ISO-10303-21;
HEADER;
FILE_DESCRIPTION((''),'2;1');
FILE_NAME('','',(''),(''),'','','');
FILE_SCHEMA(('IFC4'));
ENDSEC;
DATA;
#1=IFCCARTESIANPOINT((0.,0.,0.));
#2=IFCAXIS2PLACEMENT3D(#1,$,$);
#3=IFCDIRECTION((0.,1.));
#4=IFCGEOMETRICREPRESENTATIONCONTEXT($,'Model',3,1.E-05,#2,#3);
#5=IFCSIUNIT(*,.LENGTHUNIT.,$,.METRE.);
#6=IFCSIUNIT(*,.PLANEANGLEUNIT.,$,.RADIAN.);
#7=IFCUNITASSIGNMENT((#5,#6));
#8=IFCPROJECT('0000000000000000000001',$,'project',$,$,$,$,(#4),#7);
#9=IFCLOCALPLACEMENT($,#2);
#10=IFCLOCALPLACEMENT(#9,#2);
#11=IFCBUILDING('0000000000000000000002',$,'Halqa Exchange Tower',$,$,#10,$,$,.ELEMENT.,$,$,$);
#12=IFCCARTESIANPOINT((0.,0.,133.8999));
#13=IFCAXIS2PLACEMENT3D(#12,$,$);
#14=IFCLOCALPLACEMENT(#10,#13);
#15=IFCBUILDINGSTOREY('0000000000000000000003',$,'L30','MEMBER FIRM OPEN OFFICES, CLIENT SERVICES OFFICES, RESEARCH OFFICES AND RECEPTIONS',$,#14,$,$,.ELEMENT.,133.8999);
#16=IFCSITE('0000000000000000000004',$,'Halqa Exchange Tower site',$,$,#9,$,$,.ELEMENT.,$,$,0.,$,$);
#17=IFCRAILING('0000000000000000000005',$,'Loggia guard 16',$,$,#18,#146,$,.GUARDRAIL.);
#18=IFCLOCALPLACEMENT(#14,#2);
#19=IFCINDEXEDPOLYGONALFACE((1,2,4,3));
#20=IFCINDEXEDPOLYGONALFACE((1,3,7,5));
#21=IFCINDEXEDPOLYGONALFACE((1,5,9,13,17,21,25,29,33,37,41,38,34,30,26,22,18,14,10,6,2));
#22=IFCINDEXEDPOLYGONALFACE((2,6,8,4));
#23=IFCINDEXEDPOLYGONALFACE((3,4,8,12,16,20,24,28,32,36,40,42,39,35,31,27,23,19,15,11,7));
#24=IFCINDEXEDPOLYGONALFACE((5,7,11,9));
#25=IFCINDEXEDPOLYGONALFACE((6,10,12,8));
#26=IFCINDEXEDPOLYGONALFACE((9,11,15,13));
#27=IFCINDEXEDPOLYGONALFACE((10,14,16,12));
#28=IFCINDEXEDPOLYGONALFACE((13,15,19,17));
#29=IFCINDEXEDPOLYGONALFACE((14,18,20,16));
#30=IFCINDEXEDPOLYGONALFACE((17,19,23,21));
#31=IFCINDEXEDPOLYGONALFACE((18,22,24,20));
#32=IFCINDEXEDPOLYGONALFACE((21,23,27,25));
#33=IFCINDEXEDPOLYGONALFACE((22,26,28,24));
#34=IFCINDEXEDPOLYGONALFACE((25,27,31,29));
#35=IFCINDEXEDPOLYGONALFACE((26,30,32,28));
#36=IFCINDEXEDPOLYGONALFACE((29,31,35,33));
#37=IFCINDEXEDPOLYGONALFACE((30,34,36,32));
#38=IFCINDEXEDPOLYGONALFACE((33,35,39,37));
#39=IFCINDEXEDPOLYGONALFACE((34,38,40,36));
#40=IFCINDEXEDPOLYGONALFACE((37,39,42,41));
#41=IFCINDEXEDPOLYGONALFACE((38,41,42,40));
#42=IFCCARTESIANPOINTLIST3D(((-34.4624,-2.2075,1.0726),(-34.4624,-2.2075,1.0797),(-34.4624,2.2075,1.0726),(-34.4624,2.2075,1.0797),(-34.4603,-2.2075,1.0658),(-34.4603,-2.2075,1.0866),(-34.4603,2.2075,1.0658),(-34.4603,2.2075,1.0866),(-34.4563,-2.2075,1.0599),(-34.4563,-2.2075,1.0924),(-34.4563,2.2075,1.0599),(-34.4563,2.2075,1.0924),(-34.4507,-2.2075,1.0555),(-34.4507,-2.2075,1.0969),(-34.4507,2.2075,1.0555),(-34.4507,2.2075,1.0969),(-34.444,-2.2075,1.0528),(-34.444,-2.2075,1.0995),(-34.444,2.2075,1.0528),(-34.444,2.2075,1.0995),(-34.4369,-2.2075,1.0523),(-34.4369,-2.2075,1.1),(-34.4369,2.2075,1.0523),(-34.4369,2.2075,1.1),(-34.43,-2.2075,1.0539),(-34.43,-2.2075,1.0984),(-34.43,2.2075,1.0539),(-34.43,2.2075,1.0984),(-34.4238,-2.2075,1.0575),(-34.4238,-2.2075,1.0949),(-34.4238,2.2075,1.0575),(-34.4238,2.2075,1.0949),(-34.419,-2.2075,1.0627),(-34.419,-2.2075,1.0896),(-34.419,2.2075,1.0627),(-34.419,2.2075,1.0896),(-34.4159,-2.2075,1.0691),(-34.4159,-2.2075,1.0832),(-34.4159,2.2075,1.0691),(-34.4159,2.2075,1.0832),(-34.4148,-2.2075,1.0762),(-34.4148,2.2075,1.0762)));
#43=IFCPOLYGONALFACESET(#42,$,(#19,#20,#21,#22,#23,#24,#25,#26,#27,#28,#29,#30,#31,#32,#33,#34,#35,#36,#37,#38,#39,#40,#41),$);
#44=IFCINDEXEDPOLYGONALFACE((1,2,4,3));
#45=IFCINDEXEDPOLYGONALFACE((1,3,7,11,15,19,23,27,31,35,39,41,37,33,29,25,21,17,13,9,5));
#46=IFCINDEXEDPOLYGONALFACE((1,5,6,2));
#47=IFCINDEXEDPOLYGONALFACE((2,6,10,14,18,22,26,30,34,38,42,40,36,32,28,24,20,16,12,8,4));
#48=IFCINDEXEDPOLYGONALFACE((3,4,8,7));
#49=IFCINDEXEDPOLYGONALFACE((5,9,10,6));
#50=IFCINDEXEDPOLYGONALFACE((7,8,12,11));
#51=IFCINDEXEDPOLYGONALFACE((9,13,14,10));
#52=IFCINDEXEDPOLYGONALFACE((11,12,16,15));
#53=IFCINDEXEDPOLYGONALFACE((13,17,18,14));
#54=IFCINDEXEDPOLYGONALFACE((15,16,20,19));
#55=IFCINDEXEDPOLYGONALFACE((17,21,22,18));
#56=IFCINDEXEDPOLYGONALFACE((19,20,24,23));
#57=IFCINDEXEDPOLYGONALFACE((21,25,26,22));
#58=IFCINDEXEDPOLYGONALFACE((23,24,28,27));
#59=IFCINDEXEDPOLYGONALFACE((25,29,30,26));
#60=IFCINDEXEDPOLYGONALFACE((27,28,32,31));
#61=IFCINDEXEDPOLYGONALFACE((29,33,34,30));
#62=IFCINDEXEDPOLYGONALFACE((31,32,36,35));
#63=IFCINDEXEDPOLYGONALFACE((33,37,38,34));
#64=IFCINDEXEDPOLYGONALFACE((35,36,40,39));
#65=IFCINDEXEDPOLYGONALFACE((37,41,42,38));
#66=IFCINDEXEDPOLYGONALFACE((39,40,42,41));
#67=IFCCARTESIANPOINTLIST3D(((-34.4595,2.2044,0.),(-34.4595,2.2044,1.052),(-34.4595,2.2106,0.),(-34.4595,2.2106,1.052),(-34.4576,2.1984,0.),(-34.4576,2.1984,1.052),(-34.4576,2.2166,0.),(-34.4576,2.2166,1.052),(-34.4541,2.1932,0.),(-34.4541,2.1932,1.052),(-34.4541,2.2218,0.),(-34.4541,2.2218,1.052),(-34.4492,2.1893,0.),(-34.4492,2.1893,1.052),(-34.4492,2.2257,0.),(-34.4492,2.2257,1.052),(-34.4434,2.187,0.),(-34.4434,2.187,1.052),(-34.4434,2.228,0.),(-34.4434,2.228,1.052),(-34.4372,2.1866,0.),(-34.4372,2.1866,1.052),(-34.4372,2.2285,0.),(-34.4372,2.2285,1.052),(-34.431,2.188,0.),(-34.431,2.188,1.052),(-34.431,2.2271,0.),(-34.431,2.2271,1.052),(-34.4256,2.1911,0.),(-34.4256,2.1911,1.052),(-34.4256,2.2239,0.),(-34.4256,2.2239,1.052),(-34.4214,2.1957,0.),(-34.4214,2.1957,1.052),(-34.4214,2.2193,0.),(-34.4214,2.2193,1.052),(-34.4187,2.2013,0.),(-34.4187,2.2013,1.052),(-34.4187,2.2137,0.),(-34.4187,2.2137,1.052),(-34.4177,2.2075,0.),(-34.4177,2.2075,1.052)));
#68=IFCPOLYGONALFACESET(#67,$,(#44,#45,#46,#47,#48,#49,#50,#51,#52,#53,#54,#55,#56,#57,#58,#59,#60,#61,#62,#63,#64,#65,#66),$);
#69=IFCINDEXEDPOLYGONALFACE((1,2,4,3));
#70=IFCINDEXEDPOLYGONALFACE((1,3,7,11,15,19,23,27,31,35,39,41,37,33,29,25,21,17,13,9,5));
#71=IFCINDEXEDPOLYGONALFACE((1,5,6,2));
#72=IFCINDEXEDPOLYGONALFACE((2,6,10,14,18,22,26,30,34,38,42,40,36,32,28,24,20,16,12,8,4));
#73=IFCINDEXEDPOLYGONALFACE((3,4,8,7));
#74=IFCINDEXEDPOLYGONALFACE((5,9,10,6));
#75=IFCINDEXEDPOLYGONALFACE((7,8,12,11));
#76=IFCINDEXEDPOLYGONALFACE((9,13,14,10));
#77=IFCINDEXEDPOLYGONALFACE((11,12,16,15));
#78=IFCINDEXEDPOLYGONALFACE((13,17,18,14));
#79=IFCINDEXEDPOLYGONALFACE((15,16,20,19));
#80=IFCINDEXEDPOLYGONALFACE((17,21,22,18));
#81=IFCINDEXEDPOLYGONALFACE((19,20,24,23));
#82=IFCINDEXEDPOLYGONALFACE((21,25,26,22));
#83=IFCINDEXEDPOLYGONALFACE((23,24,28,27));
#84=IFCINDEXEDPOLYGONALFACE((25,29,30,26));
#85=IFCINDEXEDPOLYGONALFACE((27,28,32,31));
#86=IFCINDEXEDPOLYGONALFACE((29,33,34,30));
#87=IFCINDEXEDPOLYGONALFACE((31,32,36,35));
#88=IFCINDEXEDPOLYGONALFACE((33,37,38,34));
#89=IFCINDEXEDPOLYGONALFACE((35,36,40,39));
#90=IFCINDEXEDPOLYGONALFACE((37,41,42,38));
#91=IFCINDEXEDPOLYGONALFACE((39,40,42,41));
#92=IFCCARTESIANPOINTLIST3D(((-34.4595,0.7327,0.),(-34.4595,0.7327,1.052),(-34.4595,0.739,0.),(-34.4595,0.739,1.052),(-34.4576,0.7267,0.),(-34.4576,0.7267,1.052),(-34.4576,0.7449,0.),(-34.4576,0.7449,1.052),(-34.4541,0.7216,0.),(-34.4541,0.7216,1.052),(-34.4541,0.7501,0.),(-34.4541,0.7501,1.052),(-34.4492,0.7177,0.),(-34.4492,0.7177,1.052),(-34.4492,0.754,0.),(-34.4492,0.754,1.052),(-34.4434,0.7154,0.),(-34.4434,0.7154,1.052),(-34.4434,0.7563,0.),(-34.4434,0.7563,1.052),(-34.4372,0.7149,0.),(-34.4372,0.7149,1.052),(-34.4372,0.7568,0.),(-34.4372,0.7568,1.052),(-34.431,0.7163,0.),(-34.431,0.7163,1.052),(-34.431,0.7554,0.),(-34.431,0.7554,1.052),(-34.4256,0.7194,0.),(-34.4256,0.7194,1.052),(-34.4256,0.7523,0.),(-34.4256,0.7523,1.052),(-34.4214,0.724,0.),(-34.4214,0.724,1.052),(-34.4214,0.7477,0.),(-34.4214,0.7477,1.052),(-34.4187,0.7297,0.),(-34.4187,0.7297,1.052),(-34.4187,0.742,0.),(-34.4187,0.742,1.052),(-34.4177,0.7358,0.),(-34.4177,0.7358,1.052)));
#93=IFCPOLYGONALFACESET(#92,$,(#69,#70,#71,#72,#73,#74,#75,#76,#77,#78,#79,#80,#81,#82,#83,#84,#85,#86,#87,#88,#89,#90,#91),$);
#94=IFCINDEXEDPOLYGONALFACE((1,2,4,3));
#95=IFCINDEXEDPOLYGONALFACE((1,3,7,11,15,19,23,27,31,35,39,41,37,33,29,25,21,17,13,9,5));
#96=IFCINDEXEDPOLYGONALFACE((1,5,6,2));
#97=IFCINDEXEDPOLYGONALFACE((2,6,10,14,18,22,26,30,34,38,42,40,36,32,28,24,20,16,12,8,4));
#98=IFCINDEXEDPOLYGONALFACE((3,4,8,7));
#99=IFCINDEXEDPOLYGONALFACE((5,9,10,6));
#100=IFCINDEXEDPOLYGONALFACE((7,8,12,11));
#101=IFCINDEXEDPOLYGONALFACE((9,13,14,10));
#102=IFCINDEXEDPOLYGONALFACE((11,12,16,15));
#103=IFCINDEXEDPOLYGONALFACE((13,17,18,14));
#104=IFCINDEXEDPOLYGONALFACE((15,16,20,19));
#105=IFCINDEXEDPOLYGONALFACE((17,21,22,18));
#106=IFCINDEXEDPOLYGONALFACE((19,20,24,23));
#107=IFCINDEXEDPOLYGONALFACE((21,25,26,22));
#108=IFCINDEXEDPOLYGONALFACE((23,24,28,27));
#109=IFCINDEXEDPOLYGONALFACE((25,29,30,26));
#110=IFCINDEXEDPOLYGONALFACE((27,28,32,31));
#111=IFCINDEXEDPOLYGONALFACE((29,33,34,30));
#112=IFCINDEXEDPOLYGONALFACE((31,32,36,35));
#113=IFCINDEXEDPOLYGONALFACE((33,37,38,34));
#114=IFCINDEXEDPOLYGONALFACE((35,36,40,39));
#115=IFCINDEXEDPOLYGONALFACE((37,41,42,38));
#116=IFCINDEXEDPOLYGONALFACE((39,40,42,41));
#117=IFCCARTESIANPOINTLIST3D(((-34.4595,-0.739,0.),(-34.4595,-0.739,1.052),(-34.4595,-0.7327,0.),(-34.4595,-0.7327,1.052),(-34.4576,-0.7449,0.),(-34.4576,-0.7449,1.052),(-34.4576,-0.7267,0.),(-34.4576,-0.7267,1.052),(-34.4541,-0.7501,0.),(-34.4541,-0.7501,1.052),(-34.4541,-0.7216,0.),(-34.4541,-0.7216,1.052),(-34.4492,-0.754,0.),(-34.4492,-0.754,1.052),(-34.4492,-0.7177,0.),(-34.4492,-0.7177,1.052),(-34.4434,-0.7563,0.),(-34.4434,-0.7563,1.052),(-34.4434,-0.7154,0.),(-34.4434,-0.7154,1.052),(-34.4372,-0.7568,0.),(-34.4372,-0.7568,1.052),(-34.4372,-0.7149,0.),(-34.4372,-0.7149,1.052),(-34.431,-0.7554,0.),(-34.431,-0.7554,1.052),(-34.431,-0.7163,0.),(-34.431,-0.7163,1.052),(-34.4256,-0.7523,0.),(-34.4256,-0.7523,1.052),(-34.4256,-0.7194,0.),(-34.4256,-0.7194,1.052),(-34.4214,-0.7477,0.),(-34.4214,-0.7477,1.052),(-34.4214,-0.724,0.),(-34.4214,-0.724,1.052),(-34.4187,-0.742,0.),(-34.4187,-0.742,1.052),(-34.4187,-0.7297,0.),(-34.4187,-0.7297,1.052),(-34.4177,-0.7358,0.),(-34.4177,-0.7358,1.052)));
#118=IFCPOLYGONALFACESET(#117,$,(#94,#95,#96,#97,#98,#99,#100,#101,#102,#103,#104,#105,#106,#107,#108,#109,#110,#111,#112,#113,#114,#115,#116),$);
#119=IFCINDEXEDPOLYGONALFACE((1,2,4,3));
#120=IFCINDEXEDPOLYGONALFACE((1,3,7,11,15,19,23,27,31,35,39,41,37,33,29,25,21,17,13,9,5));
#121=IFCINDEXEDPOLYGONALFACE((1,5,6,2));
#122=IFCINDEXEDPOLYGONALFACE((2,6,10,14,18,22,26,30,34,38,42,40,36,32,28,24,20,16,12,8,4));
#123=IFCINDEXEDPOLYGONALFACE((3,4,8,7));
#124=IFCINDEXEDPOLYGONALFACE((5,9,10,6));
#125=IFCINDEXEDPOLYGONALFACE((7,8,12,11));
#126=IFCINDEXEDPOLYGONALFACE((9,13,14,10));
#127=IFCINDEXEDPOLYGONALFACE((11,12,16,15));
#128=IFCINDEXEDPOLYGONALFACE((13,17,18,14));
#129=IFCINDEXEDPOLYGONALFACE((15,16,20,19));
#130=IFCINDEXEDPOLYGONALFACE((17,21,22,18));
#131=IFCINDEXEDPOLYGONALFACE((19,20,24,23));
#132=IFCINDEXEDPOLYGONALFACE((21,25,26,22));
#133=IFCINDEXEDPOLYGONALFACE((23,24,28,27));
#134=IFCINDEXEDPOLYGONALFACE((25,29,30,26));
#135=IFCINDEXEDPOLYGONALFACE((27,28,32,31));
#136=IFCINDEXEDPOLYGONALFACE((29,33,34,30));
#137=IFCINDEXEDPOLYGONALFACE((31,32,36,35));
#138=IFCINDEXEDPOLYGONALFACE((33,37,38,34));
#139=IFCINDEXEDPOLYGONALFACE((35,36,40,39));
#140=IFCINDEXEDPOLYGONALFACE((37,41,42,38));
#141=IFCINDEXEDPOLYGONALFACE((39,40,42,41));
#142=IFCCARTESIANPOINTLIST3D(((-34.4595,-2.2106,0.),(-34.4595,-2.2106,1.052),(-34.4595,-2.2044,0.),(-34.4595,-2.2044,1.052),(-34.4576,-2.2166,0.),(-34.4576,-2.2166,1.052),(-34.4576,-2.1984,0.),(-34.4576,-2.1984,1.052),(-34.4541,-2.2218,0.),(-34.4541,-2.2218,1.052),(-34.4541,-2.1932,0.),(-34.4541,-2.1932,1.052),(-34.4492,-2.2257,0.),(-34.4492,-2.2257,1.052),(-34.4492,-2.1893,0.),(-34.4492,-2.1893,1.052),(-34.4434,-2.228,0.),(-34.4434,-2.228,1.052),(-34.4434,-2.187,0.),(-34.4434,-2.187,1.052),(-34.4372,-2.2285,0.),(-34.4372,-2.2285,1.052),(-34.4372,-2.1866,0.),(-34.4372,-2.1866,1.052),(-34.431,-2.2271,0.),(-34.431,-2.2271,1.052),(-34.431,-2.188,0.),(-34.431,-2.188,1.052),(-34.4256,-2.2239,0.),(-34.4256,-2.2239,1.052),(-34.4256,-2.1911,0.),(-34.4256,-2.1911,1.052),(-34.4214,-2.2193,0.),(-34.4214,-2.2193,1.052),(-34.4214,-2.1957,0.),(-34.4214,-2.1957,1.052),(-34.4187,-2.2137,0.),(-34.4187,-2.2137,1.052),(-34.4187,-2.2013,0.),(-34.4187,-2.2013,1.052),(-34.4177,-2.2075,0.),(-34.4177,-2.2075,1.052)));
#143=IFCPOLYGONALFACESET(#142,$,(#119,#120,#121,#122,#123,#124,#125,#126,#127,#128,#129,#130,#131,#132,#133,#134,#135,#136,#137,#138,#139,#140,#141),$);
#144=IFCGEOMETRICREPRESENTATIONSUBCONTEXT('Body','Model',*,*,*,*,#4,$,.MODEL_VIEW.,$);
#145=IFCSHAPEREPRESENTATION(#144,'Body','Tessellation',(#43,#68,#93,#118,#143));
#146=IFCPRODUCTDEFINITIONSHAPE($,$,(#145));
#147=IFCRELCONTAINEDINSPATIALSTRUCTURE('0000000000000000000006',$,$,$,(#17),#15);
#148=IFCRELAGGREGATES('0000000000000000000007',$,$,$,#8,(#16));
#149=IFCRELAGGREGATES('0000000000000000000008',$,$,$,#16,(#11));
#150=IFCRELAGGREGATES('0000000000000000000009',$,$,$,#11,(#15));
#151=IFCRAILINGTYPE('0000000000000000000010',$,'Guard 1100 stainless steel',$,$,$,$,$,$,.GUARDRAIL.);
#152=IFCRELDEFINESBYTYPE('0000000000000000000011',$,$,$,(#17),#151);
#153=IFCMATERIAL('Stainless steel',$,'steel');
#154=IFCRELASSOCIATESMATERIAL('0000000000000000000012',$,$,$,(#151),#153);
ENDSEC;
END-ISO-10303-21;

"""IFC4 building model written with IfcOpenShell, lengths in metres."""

from ifc_helpers import new_model, si_unit, direction, frame, origin, origin_2d, place, context, subcontext, project, spatial, circle, extrude, material, type_object, element, save


model = new_model("IFC4")

# Units and contexts
model_context = context("Model", 3, precision=1e-05, world=origin(), true_north=direction((0.0, 1.0)))
body_context = subcontext(model_context, "Body", "Model", "MODEL_VIEW")
ifc_project = project(units=[si_unit("LENGTHUNIT", "METRE"), si_unit("PLANEANGLEUNIT", "RADIAN")], contexts=[model_context])

# Site, building, storey
site_placement = place(None, origin())
site = spatial("IfcSite", under=ifc_project, at=site_placement, Name="Halqa Exchange Tower site", CompositionType="ELEMENT", RefElevation=0.0)
building_placement = place(site_placement, origin())
building = spatial("IfcBuilding", under=site, at=building_placement, Name="Halqa Exchange Tower", CompositionType="ELEMENT")
storey_placement = place(building_placement, frame((0.0, 0.0, 133.8999)))
storey = spatial("IfcBuildingStorey", under=building, at=storey_placement, Name="L30", Description="MEMBER FIRM OPEN OFFICES, CLIENT SERVICES OFFICES, RESEARCH OFFICES AND RECEPTIONS", CompositionType="ELEMENT", Elevation=133.8999)

# Railing
ifc_material_1 = material(Name="Stainless steel", Category="steel")
railing_type = type_object("IfcRailingType", Name="Guard 1100 stainless steel", PredefinedType="GUARDRAIL", material=ifc_material_1)
railing_1_placement = place(storey_placement, frame((-34.4387, 2.2075, 0.0)))
element("IfcRailing", 1, at=railing_1_placement, inside=storey, type_object=railing_type, Name="Loggia guard 16", PredefinedType="GUARDRAIL", context=body_context, shape_type="SweptSolid", body=[
    extrude(circle(Radius=0.0239, at=origin_2d()), frame((0.0, 0.0, 1.0762), z_axis=(0.0, -1.0, 0.0), x_axis=(1.0, 0.0, 0.0)), (0.0, 0.0, 1.0), 4.415),
    extrude(circle(Radius=0.021, at=origin_2d()), origin(), (0.0, 0.0, 1.0), 1.052),
    extrude(circle(Radius=0.021, at=origin_2d()), frame((0.0, -1.4717, 0.0)), (0.0, 0.0, 1.0), 1.052),
    extrude(circle(Radius=0.021, at=origin_2d()), frame((0.0, -2.9434, 0.0)), (0.0, 0.0, 1.0), 1.052),
    extrude(circle(Radius=0.021, at=origin_2d()), frame((0.0, -4.415, 0.0)), (0.0, 0.0, 1.0), 1.052),
])

save(model, "model.ifc")
